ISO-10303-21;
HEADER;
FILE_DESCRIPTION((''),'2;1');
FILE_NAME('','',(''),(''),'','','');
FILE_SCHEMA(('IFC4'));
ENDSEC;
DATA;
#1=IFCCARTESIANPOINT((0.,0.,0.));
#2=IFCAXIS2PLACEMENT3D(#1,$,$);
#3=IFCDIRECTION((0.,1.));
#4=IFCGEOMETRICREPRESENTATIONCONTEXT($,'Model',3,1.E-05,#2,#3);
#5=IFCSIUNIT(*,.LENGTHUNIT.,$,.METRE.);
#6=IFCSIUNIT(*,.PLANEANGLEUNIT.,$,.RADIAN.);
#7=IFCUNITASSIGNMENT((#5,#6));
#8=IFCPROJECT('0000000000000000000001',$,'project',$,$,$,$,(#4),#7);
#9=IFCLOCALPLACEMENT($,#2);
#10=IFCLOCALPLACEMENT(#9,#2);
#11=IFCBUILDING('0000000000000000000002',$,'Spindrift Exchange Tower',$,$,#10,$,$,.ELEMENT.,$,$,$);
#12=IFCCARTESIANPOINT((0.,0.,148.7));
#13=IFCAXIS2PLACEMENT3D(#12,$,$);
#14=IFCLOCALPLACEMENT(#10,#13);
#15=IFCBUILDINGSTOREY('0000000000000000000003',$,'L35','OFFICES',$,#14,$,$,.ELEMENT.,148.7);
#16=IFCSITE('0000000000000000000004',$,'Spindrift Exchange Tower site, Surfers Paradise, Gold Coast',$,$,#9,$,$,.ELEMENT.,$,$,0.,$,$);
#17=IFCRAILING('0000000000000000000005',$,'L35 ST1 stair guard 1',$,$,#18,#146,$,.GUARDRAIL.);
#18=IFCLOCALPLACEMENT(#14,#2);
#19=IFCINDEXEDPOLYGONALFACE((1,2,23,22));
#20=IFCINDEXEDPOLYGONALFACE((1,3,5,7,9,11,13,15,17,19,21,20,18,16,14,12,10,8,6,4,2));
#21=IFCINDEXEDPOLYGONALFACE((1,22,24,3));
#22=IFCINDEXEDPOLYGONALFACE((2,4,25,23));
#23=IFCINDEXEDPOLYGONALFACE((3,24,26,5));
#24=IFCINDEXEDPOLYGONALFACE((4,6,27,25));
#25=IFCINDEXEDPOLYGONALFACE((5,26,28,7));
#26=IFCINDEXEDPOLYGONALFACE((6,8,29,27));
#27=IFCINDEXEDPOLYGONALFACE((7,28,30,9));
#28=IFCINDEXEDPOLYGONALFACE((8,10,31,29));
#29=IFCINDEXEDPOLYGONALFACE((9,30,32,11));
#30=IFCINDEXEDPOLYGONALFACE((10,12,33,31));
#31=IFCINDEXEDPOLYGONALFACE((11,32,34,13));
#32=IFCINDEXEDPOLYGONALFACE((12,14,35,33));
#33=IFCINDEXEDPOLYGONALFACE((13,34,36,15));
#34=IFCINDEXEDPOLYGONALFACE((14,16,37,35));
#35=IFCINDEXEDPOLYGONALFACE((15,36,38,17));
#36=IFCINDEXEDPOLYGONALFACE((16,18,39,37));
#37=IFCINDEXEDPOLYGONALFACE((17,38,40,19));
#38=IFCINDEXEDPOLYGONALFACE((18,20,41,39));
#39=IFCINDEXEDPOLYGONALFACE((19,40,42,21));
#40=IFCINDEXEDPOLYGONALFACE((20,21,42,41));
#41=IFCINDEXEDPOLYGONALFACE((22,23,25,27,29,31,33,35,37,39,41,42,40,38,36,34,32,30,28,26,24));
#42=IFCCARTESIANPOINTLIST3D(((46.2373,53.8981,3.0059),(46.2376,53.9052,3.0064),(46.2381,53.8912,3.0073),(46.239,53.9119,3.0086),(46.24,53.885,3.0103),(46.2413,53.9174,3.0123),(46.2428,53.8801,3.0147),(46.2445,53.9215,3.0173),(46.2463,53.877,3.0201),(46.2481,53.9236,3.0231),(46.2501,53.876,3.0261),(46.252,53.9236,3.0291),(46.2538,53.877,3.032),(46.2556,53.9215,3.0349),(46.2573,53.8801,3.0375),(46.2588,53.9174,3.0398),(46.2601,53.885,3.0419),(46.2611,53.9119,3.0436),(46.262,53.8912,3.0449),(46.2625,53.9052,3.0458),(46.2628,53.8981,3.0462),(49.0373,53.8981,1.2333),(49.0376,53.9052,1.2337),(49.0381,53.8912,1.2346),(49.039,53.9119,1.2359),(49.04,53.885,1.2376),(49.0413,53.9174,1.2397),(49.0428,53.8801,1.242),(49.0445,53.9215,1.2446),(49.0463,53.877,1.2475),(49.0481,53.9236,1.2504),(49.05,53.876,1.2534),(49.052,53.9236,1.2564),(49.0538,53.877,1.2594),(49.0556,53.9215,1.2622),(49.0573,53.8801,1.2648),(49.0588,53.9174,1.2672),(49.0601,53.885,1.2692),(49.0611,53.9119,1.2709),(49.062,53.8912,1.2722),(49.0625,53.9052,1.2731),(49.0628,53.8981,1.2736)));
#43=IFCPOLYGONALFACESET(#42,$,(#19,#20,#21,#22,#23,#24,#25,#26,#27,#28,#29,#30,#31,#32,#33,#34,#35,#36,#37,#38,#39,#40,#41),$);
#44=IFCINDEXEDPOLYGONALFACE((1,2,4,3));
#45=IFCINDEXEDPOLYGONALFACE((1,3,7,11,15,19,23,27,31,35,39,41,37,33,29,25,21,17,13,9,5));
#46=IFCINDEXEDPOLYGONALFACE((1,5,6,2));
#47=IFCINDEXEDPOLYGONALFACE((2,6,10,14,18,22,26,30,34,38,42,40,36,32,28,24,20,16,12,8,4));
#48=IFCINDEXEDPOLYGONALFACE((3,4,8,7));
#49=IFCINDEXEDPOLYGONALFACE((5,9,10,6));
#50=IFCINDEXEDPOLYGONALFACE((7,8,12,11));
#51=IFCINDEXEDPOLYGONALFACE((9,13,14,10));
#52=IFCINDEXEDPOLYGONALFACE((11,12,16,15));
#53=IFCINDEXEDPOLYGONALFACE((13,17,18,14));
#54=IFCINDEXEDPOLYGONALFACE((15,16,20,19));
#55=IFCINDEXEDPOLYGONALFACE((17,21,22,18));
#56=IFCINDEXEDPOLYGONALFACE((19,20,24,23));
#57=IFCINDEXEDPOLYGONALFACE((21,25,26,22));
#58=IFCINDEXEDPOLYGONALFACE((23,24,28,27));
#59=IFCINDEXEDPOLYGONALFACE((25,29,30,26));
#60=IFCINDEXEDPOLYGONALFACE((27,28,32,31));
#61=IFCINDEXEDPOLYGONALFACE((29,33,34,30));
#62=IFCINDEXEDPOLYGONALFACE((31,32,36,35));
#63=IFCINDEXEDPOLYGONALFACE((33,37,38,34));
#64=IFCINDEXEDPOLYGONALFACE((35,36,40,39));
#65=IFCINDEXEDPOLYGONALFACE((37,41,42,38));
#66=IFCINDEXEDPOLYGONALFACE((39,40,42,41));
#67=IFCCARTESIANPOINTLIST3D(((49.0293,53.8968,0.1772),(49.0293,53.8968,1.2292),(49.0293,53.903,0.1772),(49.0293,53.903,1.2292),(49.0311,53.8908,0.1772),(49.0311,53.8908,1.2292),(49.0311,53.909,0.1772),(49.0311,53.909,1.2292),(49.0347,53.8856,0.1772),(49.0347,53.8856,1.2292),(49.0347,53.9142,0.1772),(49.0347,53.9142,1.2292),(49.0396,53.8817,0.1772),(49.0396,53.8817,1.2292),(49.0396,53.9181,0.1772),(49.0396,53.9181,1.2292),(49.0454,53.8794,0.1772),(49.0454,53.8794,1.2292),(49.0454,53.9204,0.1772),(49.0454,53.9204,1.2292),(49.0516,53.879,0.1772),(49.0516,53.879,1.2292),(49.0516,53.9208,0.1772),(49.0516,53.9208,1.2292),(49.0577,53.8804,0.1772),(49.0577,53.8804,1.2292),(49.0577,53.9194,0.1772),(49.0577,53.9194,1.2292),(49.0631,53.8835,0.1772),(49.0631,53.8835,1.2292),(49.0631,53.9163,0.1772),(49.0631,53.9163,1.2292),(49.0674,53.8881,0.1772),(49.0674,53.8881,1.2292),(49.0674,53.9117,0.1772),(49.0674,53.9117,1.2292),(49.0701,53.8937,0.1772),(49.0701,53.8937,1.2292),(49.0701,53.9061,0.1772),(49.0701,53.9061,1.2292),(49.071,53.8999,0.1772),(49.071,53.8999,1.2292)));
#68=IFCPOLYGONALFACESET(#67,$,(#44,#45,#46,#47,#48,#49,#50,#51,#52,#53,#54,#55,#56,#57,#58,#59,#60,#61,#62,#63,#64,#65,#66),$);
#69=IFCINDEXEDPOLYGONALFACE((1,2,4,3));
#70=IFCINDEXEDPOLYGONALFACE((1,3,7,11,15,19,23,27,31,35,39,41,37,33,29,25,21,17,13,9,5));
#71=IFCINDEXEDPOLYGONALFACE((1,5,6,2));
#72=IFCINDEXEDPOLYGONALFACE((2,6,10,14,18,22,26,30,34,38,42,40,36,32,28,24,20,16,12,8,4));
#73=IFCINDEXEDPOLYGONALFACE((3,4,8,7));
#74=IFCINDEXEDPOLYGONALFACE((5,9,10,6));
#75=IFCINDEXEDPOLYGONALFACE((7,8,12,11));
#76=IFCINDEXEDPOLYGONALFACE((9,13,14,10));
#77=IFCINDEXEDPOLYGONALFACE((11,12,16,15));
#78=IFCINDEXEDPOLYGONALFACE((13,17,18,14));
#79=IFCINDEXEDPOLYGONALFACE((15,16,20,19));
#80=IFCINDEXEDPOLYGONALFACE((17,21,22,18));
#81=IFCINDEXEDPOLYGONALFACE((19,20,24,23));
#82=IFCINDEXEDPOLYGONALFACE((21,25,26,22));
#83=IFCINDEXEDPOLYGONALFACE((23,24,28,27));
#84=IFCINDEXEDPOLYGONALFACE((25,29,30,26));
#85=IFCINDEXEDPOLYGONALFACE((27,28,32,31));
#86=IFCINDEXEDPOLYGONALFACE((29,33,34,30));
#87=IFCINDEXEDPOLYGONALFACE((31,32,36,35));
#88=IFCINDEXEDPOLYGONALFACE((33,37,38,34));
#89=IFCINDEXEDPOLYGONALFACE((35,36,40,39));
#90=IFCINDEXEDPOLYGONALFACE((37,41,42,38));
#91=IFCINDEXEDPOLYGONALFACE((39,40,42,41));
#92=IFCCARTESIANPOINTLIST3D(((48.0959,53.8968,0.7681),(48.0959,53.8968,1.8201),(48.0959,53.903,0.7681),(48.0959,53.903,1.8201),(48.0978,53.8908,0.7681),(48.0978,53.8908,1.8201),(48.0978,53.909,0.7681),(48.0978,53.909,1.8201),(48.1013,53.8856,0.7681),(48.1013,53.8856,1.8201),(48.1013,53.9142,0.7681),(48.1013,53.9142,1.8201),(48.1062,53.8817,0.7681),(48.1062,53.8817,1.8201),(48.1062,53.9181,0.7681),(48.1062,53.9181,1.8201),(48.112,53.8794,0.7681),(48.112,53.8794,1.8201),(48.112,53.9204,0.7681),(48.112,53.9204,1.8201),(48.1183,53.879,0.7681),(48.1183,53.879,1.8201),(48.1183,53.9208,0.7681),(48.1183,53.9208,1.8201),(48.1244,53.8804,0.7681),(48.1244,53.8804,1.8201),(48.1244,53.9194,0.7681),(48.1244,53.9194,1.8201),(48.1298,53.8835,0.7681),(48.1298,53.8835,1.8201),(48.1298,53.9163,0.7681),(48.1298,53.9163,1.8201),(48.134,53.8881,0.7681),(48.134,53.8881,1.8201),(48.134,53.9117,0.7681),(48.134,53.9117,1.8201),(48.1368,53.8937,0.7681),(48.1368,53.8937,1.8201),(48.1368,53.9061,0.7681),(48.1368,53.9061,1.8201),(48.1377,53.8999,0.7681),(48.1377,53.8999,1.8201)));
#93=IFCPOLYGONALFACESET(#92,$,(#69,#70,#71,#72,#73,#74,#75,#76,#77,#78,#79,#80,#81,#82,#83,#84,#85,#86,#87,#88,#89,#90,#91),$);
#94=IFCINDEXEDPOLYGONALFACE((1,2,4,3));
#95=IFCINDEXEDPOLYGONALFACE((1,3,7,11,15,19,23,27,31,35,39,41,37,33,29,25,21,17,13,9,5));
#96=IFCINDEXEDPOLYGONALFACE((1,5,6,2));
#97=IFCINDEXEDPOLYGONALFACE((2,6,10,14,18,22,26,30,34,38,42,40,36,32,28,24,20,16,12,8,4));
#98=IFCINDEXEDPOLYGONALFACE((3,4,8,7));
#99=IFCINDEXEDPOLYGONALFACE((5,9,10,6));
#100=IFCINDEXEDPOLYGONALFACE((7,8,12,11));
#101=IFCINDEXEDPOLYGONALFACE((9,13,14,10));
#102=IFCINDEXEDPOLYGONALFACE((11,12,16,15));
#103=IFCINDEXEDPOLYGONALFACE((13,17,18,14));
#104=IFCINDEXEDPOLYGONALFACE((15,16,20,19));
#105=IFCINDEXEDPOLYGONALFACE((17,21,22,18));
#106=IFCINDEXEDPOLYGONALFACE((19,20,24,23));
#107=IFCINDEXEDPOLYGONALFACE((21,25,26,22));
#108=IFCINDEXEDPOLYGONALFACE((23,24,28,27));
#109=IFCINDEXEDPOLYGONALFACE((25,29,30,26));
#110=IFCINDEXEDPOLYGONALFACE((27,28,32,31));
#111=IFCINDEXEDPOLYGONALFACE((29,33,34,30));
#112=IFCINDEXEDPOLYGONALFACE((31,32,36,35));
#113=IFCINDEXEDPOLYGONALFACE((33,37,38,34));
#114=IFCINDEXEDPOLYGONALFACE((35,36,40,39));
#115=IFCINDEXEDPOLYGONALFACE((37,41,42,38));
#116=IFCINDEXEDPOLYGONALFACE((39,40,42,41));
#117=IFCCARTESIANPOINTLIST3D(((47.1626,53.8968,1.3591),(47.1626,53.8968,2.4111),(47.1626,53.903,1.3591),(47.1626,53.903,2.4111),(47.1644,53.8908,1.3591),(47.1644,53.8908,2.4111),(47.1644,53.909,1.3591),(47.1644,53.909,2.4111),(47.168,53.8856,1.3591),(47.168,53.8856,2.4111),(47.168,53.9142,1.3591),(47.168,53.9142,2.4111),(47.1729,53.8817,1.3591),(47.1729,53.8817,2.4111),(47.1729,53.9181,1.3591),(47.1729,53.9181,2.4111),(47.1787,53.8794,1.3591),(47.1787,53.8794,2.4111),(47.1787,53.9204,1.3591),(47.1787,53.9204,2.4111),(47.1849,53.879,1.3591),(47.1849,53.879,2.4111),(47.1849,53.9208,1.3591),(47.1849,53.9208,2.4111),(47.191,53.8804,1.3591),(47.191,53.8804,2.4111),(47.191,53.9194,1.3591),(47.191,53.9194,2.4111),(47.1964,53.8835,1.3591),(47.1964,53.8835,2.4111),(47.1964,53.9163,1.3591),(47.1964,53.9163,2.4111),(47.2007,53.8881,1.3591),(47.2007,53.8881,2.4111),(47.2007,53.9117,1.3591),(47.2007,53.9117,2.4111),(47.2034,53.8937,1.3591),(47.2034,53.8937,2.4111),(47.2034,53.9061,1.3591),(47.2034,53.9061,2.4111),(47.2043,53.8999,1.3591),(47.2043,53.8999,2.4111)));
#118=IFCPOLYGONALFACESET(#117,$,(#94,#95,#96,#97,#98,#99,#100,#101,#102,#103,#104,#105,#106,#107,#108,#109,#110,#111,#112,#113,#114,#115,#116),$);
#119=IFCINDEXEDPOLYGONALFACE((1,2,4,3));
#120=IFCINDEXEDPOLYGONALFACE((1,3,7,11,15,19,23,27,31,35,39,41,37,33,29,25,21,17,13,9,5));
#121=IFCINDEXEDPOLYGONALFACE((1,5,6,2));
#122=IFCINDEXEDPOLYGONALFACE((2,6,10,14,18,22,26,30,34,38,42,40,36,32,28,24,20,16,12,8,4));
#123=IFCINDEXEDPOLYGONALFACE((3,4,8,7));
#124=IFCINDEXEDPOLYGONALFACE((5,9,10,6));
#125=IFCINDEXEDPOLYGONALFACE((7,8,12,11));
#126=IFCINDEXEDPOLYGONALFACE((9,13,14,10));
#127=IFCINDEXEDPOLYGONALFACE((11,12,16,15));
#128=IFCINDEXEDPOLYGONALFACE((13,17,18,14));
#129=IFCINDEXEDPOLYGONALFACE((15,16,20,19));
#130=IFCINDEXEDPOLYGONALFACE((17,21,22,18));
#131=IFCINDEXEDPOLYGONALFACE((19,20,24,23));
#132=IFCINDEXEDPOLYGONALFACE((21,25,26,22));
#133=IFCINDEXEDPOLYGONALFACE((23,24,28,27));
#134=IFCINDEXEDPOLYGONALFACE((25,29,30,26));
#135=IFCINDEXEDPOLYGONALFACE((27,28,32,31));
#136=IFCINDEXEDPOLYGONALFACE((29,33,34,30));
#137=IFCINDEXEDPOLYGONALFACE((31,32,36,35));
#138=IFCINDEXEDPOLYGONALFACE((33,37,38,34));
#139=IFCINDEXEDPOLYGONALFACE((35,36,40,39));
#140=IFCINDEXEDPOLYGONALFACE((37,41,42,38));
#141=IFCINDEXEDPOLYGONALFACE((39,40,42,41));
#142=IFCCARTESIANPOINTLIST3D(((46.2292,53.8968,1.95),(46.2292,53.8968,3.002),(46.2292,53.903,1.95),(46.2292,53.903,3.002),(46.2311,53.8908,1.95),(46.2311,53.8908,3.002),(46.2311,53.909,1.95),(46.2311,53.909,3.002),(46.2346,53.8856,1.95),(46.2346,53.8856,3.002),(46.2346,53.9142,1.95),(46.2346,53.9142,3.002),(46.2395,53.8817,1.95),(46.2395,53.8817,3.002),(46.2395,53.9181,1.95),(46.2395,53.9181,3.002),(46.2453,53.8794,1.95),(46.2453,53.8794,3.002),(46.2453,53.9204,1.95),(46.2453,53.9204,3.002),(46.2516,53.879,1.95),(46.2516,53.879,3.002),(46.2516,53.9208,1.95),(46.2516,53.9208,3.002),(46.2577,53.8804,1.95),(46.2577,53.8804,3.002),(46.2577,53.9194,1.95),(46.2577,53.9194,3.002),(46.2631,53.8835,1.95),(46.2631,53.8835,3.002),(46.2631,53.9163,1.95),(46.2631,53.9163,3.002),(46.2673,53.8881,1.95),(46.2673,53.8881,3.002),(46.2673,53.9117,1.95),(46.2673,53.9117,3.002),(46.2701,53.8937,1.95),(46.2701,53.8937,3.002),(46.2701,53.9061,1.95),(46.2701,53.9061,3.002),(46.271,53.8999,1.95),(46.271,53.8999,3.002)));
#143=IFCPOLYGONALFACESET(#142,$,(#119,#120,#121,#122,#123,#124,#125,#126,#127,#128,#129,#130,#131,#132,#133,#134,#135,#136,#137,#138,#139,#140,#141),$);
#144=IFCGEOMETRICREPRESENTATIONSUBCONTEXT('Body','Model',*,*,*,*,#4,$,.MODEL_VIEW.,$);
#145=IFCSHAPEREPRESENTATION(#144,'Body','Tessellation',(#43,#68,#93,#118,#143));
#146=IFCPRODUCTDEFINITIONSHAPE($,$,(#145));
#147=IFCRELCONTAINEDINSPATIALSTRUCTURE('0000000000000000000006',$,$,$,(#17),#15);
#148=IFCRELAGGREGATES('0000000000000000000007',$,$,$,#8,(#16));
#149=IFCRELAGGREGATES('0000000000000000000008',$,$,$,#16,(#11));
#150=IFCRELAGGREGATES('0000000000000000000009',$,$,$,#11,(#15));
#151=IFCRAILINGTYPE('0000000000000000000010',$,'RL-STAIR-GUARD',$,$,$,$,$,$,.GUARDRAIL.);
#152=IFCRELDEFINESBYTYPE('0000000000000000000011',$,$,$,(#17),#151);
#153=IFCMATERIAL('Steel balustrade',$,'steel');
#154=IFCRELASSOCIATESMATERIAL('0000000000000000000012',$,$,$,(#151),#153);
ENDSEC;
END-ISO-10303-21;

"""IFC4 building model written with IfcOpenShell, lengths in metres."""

from ifc_helpers import new_model, si_unit, direction, frame, origin, origin_2d, place, context, subcontext, project, spatial, circle, extrude, material, type_object, element, save


model = new_model("IFC4")

# Units and contexts
model_context = context("Model", 3, precision=1e-05, world=origin(), true_north=direction((0.0, 1.0)))
body_context = subcontext(model_context, "Body", "Model", "MODEL_VIEW")
ifc_project = project(units=[si_unit("LENGTHUNIT", "METRE"), si_unit("PLANEANGLEUNIT", "RADIAN")], contexts=[model_context])

# Site, building, storey
site_placement = place(None, origin())
site = spatial("IfcSite", under=ifc_project, at=site_placement, Name="Spindrift Exchange Tower site, Surfers Paradise, Gold Coast", CompositionType="ELEMENT", RefElevation=0.0)
building_placement = place(site_placement, origin())
building = spatial("IfcBuilding", under=site, at=building_placement, Name="Spindrift Exchange Tower", CompositionType="ELEMENT")
storey_placement = place(building_placement, frame((0.0, 0.0, 148.7)))
storey = spatial("IfcBuildingStorey", under=building, at=storey_placement, Name="L35", Description="OFFICES", CompositionType="ELEMENT", Elevation=148.7)

# Railing
ifc_material_1 = material(Name="Steel balustrade", Category="steel")
railing_type_1 = type_object("IfcRailingType", Name="RL-STAIR-GUARD", PredefinedType="GUARDRAIL", material=ifc_material_1)
railing_1_placement = place(storey_placement, frame((49.05, 53.8999, 0.1772)))
element("IfcRailing", 1, at=railing_1_placement, inside=storey, type_object=railing_type_1, Name="L35 ST1 stair guard 1", PredefinedType="GUARDRAIL", context=body_context, shape_type="SweptSolid", body=[
    extrude(circle(Radius=0.0239, at=origin_2d()), frame((0.0, 0.0, 1.0762), z_axis=(-0.844909, 0.0, 0.53491), x_axis=(0.0, -1.0, 0.0)), (0.0, 0.0, 1.0), 3.314),
    extrude(circle(Radius=0.021, at=origin_2d()), origin(), (0.0, 0.0, 1.0), 1.052),
    extrude(circle(Radius=0.021, at=origin_2d()), frame((-0.9333, 0.0, 0.5908)), (0.0, 0.0, 1.0), 1.052),
    extrude(circle(Radius=0.021, at=origin_2d()), frame((-1.8667, 0.0, 1.1819)), (0.0, 0.0, 1.0), 1.052),
    extrude(circle(Radius=0.021, at=origin_2d()), frame((-2.8, 0.0, 1.7727)), (0.0, 0.0, 1.0), 1.052),
])

save(model, "model.ifc")
